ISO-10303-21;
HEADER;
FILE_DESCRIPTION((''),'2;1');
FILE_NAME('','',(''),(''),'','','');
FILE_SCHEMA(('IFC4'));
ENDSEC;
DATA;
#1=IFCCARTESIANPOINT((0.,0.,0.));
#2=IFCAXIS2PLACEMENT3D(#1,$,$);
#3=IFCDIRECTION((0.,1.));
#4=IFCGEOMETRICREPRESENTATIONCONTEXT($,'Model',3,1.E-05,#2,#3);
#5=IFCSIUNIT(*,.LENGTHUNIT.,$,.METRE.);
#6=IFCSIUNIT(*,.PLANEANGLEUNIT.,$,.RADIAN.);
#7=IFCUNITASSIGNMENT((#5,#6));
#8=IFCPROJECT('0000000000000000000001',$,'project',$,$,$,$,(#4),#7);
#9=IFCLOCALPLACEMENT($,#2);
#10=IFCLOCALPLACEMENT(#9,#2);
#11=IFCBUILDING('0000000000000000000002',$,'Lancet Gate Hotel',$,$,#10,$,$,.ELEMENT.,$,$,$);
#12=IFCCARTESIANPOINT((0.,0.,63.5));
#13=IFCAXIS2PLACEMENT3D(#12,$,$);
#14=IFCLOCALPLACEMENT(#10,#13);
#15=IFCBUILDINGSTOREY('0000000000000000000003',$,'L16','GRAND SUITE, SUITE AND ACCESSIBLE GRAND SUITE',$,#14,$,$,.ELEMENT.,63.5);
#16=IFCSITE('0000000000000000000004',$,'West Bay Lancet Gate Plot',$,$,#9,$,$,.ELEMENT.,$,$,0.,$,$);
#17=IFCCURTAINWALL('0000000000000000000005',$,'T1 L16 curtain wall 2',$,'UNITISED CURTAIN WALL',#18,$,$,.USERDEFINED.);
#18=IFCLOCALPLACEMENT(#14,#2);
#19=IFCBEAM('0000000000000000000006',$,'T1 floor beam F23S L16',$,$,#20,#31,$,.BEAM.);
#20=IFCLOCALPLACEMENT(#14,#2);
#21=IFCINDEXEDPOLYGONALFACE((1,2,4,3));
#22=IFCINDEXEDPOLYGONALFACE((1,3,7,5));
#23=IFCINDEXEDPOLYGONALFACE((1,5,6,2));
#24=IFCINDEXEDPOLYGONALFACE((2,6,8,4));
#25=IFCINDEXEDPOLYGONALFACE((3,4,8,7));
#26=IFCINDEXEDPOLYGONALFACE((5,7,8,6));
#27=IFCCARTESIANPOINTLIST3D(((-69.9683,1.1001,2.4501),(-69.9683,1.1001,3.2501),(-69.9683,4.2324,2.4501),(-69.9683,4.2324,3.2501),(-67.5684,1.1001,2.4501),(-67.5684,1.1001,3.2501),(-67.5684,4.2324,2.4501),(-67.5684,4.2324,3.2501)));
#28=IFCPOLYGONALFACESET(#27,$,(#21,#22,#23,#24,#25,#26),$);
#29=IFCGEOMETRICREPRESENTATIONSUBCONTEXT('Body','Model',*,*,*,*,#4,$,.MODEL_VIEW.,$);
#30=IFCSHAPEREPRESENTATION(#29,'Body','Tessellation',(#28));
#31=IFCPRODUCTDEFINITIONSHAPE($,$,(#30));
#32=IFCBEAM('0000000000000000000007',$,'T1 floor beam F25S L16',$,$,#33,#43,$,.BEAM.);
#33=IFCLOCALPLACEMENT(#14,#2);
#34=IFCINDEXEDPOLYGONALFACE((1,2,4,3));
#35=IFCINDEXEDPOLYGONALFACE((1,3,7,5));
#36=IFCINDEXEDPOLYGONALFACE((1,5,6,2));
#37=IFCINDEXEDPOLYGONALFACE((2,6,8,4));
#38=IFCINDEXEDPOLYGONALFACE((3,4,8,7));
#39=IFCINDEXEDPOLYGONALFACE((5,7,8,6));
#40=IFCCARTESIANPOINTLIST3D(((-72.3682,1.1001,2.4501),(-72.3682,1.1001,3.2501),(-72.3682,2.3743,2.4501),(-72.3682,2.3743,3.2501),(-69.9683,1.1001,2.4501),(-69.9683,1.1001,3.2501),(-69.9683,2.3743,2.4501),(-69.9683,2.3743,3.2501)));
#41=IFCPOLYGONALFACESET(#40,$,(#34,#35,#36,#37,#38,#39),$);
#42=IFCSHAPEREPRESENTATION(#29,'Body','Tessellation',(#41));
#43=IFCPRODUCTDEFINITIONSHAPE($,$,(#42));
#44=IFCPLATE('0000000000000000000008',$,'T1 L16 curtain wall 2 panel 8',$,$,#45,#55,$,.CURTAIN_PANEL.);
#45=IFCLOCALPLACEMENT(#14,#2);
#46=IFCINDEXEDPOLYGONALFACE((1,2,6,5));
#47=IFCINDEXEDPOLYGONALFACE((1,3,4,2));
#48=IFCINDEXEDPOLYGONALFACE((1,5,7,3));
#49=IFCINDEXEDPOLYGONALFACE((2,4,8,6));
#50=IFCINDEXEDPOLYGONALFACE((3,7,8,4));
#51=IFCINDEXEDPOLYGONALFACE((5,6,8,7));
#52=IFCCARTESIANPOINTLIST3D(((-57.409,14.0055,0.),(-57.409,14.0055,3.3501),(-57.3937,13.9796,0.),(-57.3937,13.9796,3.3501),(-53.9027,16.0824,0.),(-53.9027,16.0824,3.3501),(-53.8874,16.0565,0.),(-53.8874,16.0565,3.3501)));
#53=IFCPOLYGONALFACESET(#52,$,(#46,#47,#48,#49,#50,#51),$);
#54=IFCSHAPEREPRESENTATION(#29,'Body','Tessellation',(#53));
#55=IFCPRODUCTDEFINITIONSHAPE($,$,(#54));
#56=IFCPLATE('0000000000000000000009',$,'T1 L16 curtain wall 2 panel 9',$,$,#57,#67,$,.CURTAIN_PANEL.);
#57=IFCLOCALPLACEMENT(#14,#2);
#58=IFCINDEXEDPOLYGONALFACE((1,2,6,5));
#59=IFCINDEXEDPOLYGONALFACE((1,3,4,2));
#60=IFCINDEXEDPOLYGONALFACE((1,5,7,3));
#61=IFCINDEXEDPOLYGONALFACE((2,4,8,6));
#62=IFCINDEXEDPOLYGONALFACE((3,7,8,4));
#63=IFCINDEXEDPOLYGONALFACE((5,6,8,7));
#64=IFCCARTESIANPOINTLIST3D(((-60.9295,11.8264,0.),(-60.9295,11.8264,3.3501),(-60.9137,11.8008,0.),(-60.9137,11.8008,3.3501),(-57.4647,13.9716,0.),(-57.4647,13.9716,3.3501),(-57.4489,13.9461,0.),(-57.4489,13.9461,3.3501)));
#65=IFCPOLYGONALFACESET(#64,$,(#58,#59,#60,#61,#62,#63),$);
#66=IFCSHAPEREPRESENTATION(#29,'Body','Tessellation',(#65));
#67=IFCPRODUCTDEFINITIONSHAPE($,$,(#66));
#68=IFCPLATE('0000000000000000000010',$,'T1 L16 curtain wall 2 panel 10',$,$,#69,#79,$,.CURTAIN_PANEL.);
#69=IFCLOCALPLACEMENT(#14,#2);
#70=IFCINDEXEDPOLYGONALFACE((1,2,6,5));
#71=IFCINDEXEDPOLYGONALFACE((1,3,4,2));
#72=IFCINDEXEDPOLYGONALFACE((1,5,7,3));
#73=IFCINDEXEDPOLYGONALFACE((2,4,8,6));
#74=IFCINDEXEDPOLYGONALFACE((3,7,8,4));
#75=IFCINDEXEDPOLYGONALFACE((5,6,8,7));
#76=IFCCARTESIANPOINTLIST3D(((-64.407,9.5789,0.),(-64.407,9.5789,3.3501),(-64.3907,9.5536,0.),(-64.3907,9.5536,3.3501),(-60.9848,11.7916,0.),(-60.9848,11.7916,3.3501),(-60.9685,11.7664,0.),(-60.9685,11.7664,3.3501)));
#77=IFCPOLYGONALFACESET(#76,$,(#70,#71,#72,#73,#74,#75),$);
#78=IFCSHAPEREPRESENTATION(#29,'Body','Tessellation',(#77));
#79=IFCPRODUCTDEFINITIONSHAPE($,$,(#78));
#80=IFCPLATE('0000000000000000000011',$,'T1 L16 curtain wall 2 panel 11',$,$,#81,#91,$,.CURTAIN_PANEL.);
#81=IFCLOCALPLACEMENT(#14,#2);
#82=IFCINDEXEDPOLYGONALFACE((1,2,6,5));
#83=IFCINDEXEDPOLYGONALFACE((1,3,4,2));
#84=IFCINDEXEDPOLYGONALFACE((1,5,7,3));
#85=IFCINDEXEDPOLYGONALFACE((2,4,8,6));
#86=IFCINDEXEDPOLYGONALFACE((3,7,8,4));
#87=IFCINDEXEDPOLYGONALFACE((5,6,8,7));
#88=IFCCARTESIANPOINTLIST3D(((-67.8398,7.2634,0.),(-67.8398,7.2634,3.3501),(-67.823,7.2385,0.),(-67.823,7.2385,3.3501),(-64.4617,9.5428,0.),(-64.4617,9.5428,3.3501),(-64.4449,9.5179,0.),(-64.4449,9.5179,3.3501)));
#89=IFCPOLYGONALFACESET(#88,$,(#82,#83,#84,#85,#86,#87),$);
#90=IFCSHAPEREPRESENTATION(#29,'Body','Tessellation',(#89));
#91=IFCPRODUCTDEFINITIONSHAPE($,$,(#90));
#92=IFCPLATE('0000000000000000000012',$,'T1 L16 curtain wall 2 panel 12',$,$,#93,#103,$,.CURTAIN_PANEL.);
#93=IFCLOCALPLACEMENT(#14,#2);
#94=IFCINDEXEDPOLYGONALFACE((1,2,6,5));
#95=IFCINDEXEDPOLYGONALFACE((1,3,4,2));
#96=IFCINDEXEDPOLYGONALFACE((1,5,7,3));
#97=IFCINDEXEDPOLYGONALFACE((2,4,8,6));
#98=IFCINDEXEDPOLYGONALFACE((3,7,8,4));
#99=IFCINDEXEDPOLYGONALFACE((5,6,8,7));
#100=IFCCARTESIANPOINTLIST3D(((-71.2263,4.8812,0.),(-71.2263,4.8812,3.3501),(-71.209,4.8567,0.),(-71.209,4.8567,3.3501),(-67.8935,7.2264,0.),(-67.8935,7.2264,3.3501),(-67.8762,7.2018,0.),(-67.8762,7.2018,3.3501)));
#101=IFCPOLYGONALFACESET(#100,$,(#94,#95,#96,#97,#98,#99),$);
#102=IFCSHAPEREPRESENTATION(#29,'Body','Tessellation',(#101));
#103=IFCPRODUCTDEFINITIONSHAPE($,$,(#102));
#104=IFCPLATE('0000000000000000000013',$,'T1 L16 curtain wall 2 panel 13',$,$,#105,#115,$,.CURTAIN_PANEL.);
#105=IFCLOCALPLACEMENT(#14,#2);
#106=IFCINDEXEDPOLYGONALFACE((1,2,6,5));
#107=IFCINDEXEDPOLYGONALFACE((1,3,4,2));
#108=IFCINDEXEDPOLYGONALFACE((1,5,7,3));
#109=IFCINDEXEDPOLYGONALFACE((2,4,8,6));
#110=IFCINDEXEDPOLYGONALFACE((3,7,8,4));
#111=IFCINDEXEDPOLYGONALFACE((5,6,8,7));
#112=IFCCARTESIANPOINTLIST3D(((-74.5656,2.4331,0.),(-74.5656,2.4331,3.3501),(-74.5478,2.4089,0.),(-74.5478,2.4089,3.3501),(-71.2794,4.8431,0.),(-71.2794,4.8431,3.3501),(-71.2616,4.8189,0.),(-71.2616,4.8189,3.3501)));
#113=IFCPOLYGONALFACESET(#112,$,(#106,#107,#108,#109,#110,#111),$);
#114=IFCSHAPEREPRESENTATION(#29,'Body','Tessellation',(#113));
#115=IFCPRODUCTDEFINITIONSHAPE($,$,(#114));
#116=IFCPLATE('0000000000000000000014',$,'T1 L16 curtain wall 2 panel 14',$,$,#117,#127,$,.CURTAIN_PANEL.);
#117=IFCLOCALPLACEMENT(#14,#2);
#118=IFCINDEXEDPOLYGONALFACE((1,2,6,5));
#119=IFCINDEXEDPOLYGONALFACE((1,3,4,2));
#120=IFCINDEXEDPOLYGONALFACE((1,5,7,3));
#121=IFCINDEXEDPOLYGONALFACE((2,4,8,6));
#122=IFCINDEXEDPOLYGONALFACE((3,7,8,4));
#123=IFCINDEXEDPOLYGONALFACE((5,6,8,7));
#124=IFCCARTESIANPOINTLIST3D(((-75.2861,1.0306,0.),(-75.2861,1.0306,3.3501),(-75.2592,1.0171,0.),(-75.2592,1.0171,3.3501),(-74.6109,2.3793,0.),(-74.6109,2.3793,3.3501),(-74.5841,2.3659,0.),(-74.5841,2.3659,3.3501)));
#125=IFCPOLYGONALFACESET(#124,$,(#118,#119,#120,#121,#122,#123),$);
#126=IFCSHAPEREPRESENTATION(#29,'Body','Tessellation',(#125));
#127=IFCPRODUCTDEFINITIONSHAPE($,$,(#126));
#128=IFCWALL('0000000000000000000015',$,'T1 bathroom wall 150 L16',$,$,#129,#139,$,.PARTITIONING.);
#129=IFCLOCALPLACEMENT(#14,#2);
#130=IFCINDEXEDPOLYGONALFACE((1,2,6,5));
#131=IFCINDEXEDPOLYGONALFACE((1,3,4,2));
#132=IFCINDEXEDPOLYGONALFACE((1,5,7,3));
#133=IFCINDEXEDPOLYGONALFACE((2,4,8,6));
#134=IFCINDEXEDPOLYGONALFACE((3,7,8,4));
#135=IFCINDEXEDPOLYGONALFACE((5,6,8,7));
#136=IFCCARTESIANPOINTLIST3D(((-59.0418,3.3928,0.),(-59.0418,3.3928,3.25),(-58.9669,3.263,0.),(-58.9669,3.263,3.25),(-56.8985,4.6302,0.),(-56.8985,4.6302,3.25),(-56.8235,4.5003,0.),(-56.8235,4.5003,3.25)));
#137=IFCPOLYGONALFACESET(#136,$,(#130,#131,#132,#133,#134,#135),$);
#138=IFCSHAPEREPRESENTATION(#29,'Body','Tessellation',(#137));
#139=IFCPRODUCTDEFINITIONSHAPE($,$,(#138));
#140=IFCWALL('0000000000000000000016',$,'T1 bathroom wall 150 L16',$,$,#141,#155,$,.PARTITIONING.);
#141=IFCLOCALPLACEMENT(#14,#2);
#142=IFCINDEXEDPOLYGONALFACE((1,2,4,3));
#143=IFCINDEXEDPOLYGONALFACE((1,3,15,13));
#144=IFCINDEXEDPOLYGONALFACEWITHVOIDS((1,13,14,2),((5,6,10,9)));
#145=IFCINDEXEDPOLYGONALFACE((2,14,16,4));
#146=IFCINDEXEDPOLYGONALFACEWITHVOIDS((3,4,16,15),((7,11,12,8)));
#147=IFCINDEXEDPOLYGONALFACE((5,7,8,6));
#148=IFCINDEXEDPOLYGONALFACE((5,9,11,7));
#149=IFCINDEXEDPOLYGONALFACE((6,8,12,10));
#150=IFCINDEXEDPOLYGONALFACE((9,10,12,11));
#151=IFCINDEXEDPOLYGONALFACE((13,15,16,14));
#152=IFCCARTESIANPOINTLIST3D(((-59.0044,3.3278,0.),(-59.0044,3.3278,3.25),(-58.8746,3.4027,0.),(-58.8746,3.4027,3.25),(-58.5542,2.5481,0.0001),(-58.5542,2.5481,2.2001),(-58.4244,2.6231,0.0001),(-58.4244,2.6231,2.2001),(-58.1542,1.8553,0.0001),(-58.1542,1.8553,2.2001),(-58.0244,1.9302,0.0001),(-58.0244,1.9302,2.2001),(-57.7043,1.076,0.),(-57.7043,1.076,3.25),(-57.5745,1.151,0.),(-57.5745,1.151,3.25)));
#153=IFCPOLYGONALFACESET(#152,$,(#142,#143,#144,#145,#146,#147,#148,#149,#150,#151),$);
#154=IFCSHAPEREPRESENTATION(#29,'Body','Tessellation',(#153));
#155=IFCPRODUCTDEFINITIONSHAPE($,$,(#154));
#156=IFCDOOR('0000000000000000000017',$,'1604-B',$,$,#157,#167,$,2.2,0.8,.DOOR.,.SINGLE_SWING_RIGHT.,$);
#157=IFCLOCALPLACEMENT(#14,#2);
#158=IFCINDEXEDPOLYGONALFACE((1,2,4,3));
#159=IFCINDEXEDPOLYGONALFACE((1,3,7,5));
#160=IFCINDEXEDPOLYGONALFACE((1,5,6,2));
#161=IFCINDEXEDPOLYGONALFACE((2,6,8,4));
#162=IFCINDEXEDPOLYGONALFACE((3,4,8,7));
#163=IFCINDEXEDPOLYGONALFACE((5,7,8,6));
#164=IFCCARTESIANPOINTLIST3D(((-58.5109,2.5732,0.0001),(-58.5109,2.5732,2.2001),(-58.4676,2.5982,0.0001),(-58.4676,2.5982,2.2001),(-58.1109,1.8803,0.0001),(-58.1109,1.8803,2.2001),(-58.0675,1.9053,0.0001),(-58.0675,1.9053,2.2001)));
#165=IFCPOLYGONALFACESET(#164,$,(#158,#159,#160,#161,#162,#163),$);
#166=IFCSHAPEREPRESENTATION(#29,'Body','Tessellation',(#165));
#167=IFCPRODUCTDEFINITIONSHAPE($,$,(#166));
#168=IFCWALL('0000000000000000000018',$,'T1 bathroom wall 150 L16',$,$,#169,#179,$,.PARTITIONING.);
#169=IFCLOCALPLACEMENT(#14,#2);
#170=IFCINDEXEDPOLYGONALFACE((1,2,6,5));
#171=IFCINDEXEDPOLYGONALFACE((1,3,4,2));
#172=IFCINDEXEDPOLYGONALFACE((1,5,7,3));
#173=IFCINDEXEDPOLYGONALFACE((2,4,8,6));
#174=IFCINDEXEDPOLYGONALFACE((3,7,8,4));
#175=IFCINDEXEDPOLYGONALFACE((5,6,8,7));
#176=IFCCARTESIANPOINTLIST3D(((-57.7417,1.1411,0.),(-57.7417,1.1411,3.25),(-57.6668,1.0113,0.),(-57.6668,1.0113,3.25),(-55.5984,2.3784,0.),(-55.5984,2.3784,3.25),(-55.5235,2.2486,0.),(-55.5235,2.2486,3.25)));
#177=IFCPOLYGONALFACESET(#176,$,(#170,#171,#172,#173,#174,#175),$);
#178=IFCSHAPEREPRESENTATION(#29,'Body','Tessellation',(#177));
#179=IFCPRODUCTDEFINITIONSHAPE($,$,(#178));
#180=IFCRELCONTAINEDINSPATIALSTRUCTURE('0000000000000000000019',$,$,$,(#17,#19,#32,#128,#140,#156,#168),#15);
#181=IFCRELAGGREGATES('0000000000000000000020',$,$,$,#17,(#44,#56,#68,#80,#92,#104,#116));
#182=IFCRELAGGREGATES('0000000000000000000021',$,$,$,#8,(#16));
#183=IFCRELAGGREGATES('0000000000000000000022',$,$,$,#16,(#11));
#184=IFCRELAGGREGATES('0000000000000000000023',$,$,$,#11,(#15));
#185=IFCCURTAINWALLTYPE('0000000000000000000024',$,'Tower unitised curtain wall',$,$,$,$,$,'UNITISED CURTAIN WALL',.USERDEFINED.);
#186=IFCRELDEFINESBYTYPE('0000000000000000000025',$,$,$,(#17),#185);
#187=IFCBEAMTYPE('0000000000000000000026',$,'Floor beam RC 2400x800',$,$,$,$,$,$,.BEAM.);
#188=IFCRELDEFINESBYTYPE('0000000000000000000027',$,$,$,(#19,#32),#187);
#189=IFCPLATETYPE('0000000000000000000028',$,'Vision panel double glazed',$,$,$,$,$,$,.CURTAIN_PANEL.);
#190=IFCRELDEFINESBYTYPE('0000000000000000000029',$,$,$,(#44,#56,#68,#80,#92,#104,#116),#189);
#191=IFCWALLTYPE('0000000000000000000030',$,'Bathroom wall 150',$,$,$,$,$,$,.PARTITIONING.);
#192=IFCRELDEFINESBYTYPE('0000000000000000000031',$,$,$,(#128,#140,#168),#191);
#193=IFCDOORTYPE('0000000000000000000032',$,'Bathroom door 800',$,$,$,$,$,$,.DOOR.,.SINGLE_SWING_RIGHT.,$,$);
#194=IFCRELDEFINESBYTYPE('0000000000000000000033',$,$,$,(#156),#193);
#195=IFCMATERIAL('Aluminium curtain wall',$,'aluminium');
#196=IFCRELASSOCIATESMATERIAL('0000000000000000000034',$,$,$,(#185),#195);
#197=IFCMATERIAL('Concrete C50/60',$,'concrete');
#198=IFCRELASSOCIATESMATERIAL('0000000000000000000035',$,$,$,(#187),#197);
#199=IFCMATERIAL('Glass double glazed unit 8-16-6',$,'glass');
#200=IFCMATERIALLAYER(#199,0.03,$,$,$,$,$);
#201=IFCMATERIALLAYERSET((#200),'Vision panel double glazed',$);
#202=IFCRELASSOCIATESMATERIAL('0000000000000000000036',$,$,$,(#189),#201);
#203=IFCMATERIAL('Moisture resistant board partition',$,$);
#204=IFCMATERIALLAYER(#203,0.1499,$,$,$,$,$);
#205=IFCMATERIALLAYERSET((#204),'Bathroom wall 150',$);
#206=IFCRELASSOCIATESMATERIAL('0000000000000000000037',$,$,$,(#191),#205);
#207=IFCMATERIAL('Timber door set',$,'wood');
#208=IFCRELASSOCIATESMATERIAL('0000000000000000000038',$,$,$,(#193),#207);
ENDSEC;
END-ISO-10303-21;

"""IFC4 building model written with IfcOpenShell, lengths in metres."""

from ifc_helpers import new_model, si_unit, direction, frame, frame_2d, origin, origin_2d, place, context, subcontext, project, spatial, rectangle, extrude, material, layer, layer_set, material_profile, profile_set, type_object, element, fill, aggregate, save


model = new_model("IFC4")

# Units and contexts
model_context = context("Model", 3, precision=1e-05, world=origin(), true_north=direction((0.0, 1.0)))
body_context = subcontext(model_context, "Body", "Model", "MODEL_VIEW")
ifc_project = project(units=[si_unit("LENGTHUNIT", "METRE"), si_unit("PLANEANGLEUNIT", "RADIAN")], contexts=[model_context])

# Site, building, storey
site_placement = place(None, origin())
site = spatial("IfcSite", under=ifc_project, at=site_placement, Name="West Bay Lancet Gate Plot", CompositionType="ELEMENT", RefElevation=0.0)
building_placement = place(site_placement, origin())
building = spatial("IfcBuilding", under=site, at=building_placement, Name="Lancet Gate Hotel", CompositionType="ELEMENT")
storey_placement = place(building_placement, frame((0.0, 0.0, 63.5)))
storey = spatial("IfcBuildingStorey", under=building, at=storey_placement, Name="L16", Description="GRAND SUITE, SUITE AND ACCESSIBLE GRAND SUITE", CompositionType="ELEMENT", Elevation=63.5)

# Curtain wall
ifc_material_1 = material(Name="Aluminium curtain wall", Category="aluminium")
curtain_wall_type = type_object("IfcCurtainWallType", Name="Tower unitised curtain wall", ElementType="UNITISED CURTAIN WALL", PredefinedType="USERDEFINED", material=ifc_material_1)
curtain_wall_placement = place(storey_placement, origin())
curtain_wall = element("IfcCurtainWall", 1, at=curtain_wall_placement, inside=storey, type_object=curtain_wall_type, Name="T1 L16 curtain wall 2", ObjectType="UNITISED CURTAIN WALL", PredefinedType="USERDEFINED")

# Beams
ifc_material_2 = material(Name="Concrete C50/60", Category="concrete")
ifc_material_profile_1 = material_profile(ifc_material_2, rectangle(XDim=2.3999, YDim=0.8, at=origin_2d()), Name="RC 2400x800")
ifc_profile_set_1 = profile_set([ifc_material_profile_1], Name="Concrete C50/60")
beam_type_1 = type_object("IfcBeamType", Name="Floor beam RC 2400x800", PredefinedType="BEAM", material=ifc_profile_set_1)
beam_1_placement = place(storey_placement, frame((-68.7683, 4.2324, 2.8501), z_axis=(0.0, -1.0, 0.0), x_axis=(1.0, 0.0, 0.0)))
element("IfcBeam", 2, at=beam_1_placement, inside=storey, type_object=beam_type_1, Name="T1 floor beam F23S L16", PredefinedType="BEAM", context=body_context, shape_type="SweptSolid", body=[
    extrude(rectangle(XDim=2.3999, YDim=0.8, at=origin_2d()), origin(), (0.0, 0.0, 1.0), 3.1323),
])
beam_2_placement = place(storey_placement, frame((-71.1682, 2.3743, 2.8501), z_axis=(0.0, -1.0, 0.0), x_axis=(1.0, 0.0, 0.0)))
element("IfcBeam", 3, at=beam_2_placement, inside=storey, type_object=beam_type_1, Name="T1 floor beam F25S L16", PredefinedType="BEAM", context=body_context, shape_type="SweptSolid", body=[
    extrude(rectangle(XDim=2.3999, YDim=0.8, at=origin_2d()), origin(), (0.0, 0.0, 1.0), 1.2742),
])

# Plates
ifc_material_3 = material(Name="Glass double glazed unit 8-16-6", Category="glass")
ifc_layer_1 = layer(ifc_material_3, 0.03)
ifc_layer_set_1 = layer_set([ifc_layer_1], Name="Vision panel double glazed")
plate_type = type_object("IfcPlateType", Name="Vision panel double glazed", PredefinedType="CURTAIN_PANEL", material=ifc_layer_set_1)
plate_1_placement = place(storey_placement, frame((-55.6482, 15.031, 0.0), z_axis=(0.0, 0.0, 1.0), x_axis=(-0.860382, -0.50965, 0.0)))
plate_1 = element("IfcPlate", 4, at=plate_1_placement, type_object=plate_type, Name="T1 L16 curtain wall 2 panel 8", PredefinedType="CURTAIN_PANEL", context=body_context, shape_type="SweptSolid", body=[
    extrude(rectangle(XDim=4.0752, YDim=0.03, at=origin_2d()), origin(), (0.0, 0.0, 1.0), 3.3501),
])
plate_2_placement = place(storey_placement, frame((-59.1892, 12.8862, 0.0), z_axis=(0.0, 0.0, 1.0), x_axis=(-0.850229, -0.526414, 0.0)))
plate_2 = element("IfcPlate", 5, at=plate_2_placement, type_object=plate_type, Name="T1 L16 curtain wall 2 panel 9", PredefinedType="CURTAIN_PANEL", context=body_context, shape_type="SweptSolid", body=[
    extrude(rectangle(XDim=4.0752, YDim=0.03, at=origin_2d()), origin(), (0.0, 0.0, 1.0), 3.3501),
])
plate_3_placement = place(storey_placement, frame((-62.6877, 10.6726, 0.0), z_axis=(0.0, 0.0, 1.0), x_axis=(-0.839749, -0.542975, 0.0)))
plate_3 = element("IfcPlate", 6, at=plate_3_placement, type_object=plate_type, Name="T1 L16 curtain wall 2 panel 10", PredefinedType="CURTAIN_PANEL", context=body_context, shape_type="SweptSolid", body=[
    extrude(rectangle(XDim=4.0752, YDim=0.03, at=origin_2d()), origin(), (0.0, 0.0, 1.0), 3.3501),
])
plate_4_placement = place(storey_placement, frame((-66.1423, 8.3906, 0.0), z_axis=(0.0, 0.0, 1.0), x_axis=(-0.828946, -0.559329, 0.0)))
plate_4 = element("IfcPlate", 7, at=plate_4_placement, type_object=plate_type, Name="T1 L16 curtain wall 2 panel 11", PredefinedType="CURTAIN_PANEL", context=body_context, shape_type="SweptSolid", body=[
    extrude(rectangle(XDim=4.0752, YDim=0.03, at=origin_2d()), origin(), (0.0, 0.0, 1.0), 3.3501),
])
plate_5_placement = place(storey_placement, frame((-69.5513, 6.0415, 0.0), z_axis=(0.0, 0.0, 1.0), x_axis=(-0.817825, -0.575467, 0.0)))
plate_5 = element("IfcPlate", 8, at=plate_5_placement, type_object=plate_type, Name="T1 L16 curtain wall 2 panel 12", PredefinedType="CURTAIN_PANEL", context=body_context, shape_type="SweptSolid", body=[
    extrude(rectangle(XDim=4.0752, YDim=0.03, at=origin_2d()), origin(), (0.0, 0.0, 1.0), 3.3501),
])
plate_6_placement = place(storey_placement, frame((-72.9136, 3.626, 0.0), z_axis=(0.0, 0.0, 1.0), x_axis=(-0.80639, -0.591384, 0.0)))
plate_6 = element("IfcPlate", 9, at=plate_6_placement, type_object=plate_type, Name="T1 L16 curtain wall 2 panel 13", PredefinedType="CURTAIN_PANEL", context=body_context, shape_type="SweptSolid", body=[
    extrude(rectangle(XDim=4.0752, YDim=0.03, at=origin_2d()), origin(), (0.0, 0.0, 1.0), 3.3501),
])
plate_7_placement = place(storey_placement, frame((-74.9351, 1.6982, 0.0), z_axis=(0.0, 0.0, 1.0), x_axis=(-0.447628, -0.89422, 0.0)))
plate_7 = element("IfcPlate", 10, at=plate_7_placement, type_object=plate_type, Name="T1 L16 curtain wall 2 panel 14", PredefinedType="CURTAIN_PANEL", context=body_context, shape_type="SweptSolid", body=[
    extrude(rectangle(XDim=1.5083, YDim=0.03, at=origin_2d()), origin(), (0.0, 0.0, 1.0), 3.3501),
])
aggregate(curtain_wall, [plate_1, plate_2, plate_3, plate_4, plate_5, plate_6, plate_7])

# Wall
ifc_material_4 = material(Name="Moisture resistant board partition")
ifc_layer_2 = layer(ifc_material_4, 0.1499)
ifc_layer_set_2 = layer_set([ifc_layer_2], Name="Bathroom wall 150")
wall_type_1 = type_object("IfcWallType", Name="Bathroom wall 150", PredefinedType="PARTITIONING", material=ifc_layer_set_2)
wall_1_placement = place(storey_placement, frame((-56.8611, 4.5652, 0.0), z_axis=(0.0, 0.0, 1.0), x_axis=(-0.866049, -0.499959, 0.0)))
element("IfcWall", 11, at=wall_1_placement, inside=storey, type_object=wall_type_1, Name="T1 bathroom wall 150 L16", PredefinedType="PARTITIONING", context=body_context, shape_type="SweptSolid", body=[
    extrude(rectangle(XDim=2.4749, YDim=0.1499, at=frame_2d((1.2373, 0.0))), origin(), (0.0, 0.0, 1.0), 3.25),
])

# Wall, opening, door
wall_2_placement = place(storey_placement, frame((-57.6394, 1.1135, 0.0), z_axis=(0.0, 0.0, 1.0), x_axis=(-0.500007, 0.866021, 0.0)))
wall_2 = element("IfcWall", 12, at=wall_2_placement, inside=storey, type_object=wall_type_1, Name="T1 bathroom wall 150 L16", PredefinedType="PARTITIONING", context=body_context, shape_type="SweptSolid", body=[
    extrude(rectangle(XDim=2.6001, YDim=0.1499, at=frame_2d((1.3, 0.0))), origin(), (0.0, 0.0, 1.0), 3.25),
])
opening_placement = place(wall_2_placement, frame((0.8999, 0.0, 0.0)))
opening = element("IfcOpeningElement", 13, at=opening_placement, cuts=wall_2, PredefinedType="OPENING", context=body_context, shape_type="SweptSolid", body=[
    extrude(rectangle(XDim=0.8, YDim=2.2, at=frame_2d((0.3999, 1.1001))), frame((0.0, 0.085, 0.0), z_axis=(0.0, -1.0, 0.0), x_axis=(1.0, 0.0, 0.0)), (0.0, 0.0, 1.0), 0.1699),
])
ifc_material_5 = material(Name="Timber door set", Category="wood")
door_type = type_object("IfcDoorType", Name="Bathroom door 800", OperationType="SINGLE_SWING_RIGHT", PredefinedType="DOOR", material=ifc_material_5)
door_placement = place(opening_placement, origin())
door = element("IfcDoor", 14, at=door_placement, inside=storey, type_object=door_type, Name="1604-B", OperationType="SINGLE_SWING_RIGHT", OverallHeight=2.2, OverallWidth=0.8, PredefinedType="DOOR", context=body_context, shape_type="SweptSolid", body=[
    extrude(rectangle(XDim=0.8, YDim=2.2, at=frame_2d((0.3999, 1.1001))), frame((0.0, 0.0249, 0.0), z_axis=(0.0, -1.0, 0.0), x_axis=(1.0, 0.0, 0.0)), (0.0, 0.0, 1.0), 0.05),
])
fill(opening, door)

# Wall
wall_3_placement = place(storey_placement, frame((-55.561, 2.3135, 0.0), z_axis=(0.0, 0.0, 1.0), x_axis=(-0.866049, -0.499959, 0.0)))
element("IfcWall", 15, at=wall_3_placement, inside=storey, type_object=wall_type_1, Name="T1 bathroom wall 150 L16", PredefinedType="PARTITIONING", context=body_context, shape_type="SweptSolid", body=[
    extrude(rectangle(XDim=2.4749, YDim=0.1499, at=frame_2d((1.2373, 0.0))), origin(), (0.0, 0.0, 1.0), 3.25),
])

save(model, "model.ifc")
